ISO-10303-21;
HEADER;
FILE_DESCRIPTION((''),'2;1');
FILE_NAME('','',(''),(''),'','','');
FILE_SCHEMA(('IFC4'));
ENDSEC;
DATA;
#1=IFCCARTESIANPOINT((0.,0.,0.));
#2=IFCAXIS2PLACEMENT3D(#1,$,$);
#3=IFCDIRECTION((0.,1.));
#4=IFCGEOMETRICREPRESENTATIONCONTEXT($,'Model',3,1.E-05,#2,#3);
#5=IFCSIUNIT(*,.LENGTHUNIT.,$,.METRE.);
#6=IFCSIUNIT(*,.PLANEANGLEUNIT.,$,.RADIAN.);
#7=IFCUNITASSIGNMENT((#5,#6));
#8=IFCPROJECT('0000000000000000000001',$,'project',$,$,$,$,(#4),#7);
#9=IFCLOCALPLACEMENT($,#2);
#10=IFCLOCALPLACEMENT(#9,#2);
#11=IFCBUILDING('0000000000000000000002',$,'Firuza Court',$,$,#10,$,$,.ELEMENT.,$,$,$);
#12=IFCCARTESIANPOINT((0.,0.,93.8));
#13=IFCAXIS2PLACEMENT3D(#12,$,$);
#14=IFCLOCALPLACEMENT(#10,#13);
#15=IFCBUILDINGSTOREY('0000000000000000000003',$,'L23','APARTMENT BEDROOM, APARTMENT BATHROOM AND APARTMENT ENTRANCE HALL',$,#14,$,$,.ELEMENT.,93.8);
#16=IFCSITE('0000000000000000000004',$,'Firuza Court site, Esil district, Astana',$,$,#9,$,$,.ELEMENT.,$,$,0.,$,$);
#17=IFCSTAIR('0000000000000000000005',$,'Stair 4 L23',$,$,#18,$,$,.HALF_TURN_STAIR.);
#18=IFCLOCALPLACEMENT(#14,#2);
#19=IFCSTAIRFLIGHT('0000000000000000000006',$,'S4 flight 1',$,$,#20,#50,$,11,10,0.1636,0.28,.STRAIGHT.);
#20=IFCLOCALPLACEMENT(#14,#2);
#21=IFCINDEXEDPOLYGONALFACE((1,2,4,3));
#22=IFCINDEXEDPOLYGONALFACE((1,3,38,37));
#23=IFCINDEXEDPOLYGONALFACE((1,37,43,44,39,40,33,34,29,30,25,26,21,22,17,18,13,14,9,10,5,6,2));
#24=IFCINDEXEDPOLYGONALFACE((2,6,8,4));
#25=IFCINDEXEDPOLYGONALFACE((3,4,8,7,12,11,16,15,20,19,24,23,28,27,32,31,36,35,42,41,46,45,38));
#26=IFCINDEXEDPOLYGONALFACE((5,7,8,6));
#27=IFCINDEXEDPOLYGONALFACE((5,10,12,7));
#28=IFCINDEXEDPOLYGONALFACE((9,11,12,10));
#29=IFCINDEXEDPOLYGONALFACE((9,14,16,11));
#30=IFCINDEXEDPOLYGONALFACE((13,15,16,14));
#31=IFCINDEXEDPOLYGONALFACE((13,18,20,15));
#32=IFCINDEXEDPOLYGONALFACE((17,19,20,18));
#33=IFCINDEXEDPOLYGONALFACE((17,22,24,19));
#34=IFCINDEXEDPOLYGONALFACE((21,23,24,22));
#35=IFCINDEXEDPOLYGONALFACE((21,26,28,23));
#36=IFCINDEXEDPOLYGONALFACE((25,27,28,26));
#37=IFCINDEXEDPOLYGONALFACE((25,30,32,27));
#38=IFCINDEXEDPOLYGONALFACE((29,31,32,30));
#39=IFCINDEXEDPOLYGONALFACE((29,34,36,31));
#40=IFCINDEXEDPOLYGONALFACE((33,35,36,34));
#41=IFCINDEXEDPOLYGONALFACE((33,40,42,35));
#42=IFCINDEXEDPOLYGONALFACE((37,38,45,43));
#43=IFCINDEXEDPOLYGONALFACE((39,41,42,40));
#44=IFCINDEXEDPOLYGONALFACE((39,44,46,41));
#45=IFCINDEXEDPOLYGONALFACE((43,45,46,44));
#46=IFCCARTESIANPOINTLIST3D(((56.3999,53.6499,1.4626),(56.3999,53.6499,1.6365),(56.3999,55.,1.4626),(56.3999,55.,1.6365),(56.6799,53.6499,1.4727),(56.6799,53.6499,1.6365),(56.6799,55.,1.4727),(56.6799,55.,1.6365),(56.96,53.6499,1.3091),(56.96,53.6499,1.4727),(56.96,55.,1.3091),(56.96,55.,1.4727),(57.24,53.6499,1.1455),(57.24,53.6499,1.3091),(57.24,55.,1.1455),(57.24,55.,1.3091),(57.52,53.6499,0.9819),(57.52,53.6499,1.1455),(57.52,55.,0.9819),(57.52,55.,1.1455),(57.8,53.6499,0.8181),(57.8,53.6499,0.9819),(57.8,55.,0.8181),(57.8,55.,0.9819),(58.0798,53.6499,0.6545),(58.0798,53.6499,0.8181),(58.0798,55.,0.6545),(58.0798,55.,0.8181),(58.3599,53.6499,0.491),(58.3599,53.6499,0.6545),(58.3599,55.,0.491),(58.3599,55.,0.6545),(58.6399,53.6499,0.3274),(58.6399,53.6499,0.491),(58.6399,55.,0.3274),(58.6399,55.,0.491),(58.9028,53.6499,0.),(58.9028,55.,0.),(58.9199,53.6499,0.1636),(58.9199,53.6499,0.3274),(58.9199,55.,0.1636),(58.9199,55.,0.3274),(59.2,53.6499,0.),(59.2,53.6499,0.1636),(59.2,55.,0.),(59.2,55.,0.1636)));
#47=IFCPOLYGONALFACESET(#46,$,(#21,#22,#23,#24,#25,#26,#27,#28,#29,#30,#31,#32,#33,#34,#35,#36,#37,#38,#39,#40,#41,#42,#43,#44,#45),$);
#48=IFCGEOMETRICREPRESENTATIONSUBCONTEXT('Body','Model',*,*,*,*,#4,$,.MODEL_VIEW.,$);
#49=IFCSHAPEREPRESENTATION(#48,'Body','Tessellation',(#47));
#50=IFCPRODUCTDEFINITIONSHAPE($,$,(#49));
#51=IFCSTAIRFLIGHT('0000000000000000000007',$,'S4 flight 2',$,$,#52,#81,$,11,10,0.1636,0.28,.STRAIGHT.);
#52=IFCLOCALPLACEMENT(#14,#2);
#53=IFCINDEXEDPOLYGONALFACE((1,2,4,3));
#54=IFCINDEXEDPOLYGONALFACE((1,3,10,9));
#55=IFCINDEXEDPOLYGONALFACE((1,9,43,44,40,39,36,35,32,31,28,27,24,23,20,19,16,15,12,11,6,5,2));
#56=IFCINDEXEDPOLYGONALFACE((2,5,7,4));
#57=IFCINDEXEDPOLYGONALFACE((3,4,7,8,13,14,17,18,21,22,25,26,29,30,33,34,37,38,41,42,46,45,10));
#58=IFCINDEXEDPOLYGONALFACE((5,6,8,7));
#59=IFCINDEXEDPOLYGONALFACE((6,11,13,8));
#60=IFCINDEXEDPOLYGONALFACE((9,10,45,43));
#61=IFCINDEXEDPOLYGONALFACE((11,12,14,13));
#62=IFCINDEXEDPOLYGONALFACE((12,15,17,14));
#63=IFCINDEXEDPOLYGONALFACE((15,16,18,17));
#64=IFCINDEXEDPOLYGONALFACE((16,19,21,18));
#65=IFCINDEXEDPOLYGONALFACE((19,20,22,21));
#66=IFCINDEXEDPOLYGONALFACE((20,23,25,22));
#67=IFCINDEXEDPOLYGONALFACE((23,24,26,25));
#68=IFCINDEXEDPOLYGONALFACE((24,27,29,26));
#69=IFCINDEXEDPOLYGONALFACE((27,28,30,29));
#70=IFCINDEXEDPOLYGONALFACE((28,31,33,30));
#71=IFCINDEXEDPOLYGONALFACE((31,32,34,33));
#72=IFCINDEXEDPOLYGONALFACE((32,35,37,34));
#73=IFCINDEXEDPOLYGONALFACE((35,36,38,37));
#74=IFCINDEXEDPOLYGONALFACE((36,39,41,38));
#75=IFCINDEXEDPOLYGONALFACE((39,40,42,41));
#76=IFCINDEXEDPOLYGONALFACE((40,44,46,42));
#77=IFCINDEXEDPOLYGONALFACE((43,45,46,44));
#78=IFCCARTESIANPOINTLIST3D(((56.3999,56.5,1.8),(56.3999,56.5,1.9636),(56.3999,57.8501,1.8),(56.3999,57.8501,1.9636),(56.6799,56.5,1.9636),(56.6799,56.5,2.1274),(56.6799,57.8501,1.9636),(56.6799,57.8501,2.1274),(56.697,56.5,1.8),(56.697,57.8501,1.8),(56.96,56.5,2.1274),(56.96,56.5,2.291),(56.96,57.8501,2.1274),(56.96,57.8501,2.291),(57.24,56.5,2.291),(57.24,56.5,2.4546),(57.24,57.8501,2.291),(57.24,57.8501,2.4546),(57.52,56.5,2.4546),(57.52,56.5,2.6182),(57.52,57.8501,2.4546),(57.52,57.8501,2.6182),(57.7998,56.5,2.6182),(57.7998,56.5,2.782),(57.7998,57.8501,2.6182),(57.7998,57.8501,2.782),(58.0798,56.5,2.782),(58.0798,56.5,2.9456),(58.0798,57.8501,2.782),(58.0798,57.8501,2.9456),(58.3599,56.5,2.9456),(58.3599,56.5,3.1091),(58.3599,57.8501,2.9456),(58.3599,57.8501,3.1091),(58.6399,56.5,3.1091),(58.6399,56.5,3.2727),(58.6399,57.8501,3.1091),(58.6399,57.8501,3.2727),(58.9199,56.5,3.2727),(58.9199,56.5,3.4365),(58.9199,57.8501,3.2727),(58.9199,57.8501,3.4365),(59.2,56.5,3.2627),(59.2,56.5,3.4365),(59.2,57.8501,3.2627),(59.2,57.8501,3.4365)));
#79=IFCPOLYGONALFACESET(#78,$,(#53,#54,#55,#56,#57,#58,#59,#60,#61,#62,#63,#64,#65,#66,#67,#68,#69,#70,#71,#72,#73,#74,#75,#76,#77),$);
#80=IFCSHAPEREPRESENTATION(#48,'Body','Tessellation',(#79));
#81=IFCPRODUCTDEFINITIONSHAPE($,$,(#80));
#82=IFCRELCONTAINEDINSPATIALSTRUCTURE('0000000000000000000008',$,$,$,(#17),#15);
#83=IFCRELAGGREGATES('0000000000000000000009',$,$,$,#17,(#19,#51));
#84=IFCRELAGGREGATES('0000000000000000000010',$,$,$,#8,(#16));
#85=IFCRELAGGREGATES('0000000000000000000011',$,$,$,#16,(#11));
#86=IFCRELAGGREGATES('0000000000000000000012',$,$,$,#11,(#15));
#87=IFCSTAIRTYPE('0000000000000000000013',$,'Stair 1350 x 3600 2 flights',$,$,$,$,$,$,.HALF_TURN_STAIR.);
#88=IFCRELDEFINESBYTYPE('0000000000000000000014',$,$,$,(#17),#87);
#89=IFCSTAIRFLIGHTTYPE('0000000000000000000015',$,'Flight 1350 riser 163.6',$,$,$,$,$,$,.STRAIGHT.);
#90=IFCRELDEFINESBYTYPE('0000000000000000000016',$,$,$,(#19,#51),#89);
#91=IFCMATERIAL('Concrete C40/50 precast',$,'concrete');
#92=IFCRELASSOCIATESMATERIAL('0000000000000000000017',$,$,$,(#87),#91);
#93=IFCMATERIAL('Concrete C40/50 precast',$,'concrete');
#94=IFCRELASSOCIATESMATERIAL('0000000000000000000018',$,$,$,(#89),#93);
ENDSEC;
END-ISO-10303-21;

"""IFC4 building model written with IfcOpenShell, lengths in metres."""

from ifc_helpers import new_model, si_unit, direction, frame, origin, place, context, subcontext, project, spatial, polyline, outline, extrude, material, type_object, element, aggregate, save


model = new_model("IFC4")

# Units and contexts
model_context = context("Model", 3, precision=1e-05, world=origin(), true_north=direction((0.0, 1.0)))
body_context = subcontext(model_context, "Body", "Model", "MODEL_VIEW")
ifc_project = project(units=[si_unit("LENGTHUNIT", "METRE"), si_unit("PLANEANGLEUNIT", "RADIAN")], contexts=[model_context])

# Site, building, storey
site_placement = place(None, origin())
site = spatial("IfcSite", under=ifc_project, at=site_placement, Name="Firuza Court site, Esil district, Astana", CompositionType="ELEMENT", RefElevation=0.0)
building_placement = place(site_placement, origin())
building = spatial("IfcBuilding", under=site, at=building_placement, Name="Firuza Court", CompositionType="ELEMENT")
storey_placement = place(building_placement, frame((0.0, 0.0, 93.8)))
storey = spatial("IfcBuildingStorey", under=building, at=storey_placement, Name="L23", Description="APARTMENT BEDROOM, APARTMENT BATHROOM AND APARTMENT ENTRANCE HALL", CompositionType="ELEMENT", Elevation=93.8)

# Stair, stair flights
ifc_material_1 = material(Name="Concrete C40/50 precast", Category="concrete")
stair_type = type_object("IfcStairType", Name="Stair 1350 x 3600 2 flights", PredefinedType="HALF_TURN_STAIR", material=ifc_material_1)
stair_placement = place(storey_placement, origin())
stair = element("IfcStair", 1, at=stair_placement, inside=storey, type_object=stair_type, Name="Stair 4 L23", PredefinedType="HALF_TURN_STAIR")
ifc_material_2 = material(Name="Concrete C40/50 precast", Category="concrete")
stair_flight_type = type_object("IfcStairFlightType", Name="Flight 1350 riser 163.6", PredefinedType="STRAIGHT", material=ifc_material_2)
stair_flight_1_placement = place(storey_placement, frame((59.2, 54.325, 0.0), z_axis=(0.0, 0.0, 1.0), x_axis=(-1.0, 0.0, 0.0)))
stair_flight_1 = element("IfcStairFlight", 2, at=stair_flight_1_placement, type_object=stair_flight_type, Name="S4 flight 1", NumberOfRisers=11, NumberOfTreads=10, PredefinedType="STRAIGHT", RiserHeight=0.1636, TreadLength=0.28, context=body_context, shape_type="SweptSolid", body=[
    extrude(outline(polyline([(0.0, 0.0), (0.0, 0.1636), (0.28, 0.1636), (0.28, 0.3274), (0.5601, 0.3274), (0.5601, 0.491), (0.8401, 0.491), (0.8401, 0.6545), (1.1201, 0.6545), (1.1201, 0.8181), (1.3999, 0.8181), (1.3999, 0.9819), (1.6799, 0.9819), (1.6799, 1.1455), (1.96, 1.1455), (1.96, 1.3091), (2.24, 1.3091), (2.24, 1.4727), (2.52, 1.4727), (2.52, 1.6365), (2.8, 1.6365), (2.8, 1.8), (2.8, 1.4626), (0.2971, 0.0), (0.0, 0.0)])), frame((0.0, 0.675, 0.0), z_axis=(0.0, -1.0, 0.0), x_axis=(1.0, 0.0, 0.0)), (0.0, 0.0, 1.0), 1.3501),
])
stair_flight_2_placement = place(storey_placement, frame((56.3999, 57.175, 1.8), z_axis=(0.0, 0.0, 1.0), x_axis=(1.0, 0.0, 0.0)))
stair_flight_2 = element("IfcStairFlight", 3, at=stair_flight_2_placement, type_object=stair_flight_type, Name="S4 flight 2", NumberOfRisers=11, NumberOfTreads=10, PredefinedType="STRAIGHT", RiserHeight=0.1636, TreadLength=0.28, context=body_context, shape_type="SweptSolid", body=[
    extrude(outline(polyline([(0.0, 0.0), (0.0, 0.1636), (0.28, 0.1636), (0.28, 0.3274), (0.5601, 0.3274), (0.5601, 0.491), (0.8401, 0.491), (0.8401, 0.6545), (1.1201, 0.6545), (1.1201, 0.8181), (1.3999, 0.8181), (1.3999, 0.9819), (1.6799, 0.9819), (1.6799, 1.1455), (1.96, 1.1455), (1.96, 1.3091), (2.24, 1.3091), (2.24, 1.4727), (2.52, 1.4727), (2.52, 1.6365), (2.8, 1.6365), (2.8, 1.8), (2.8, 1.4626), (0.2971, 0.0), (0.0, 0.0)])), frame((0.0, 0.675, 0.0), z_axis=(0.0, -1.0, 0.0), x_axis=(1.0, 0.0, 0.0)), (0.0, 0.0, 1.0), 1.3501),
])
aggregate(stair, [stair_flight_1, stair_flight_2])

save(model, "model.ifc")
